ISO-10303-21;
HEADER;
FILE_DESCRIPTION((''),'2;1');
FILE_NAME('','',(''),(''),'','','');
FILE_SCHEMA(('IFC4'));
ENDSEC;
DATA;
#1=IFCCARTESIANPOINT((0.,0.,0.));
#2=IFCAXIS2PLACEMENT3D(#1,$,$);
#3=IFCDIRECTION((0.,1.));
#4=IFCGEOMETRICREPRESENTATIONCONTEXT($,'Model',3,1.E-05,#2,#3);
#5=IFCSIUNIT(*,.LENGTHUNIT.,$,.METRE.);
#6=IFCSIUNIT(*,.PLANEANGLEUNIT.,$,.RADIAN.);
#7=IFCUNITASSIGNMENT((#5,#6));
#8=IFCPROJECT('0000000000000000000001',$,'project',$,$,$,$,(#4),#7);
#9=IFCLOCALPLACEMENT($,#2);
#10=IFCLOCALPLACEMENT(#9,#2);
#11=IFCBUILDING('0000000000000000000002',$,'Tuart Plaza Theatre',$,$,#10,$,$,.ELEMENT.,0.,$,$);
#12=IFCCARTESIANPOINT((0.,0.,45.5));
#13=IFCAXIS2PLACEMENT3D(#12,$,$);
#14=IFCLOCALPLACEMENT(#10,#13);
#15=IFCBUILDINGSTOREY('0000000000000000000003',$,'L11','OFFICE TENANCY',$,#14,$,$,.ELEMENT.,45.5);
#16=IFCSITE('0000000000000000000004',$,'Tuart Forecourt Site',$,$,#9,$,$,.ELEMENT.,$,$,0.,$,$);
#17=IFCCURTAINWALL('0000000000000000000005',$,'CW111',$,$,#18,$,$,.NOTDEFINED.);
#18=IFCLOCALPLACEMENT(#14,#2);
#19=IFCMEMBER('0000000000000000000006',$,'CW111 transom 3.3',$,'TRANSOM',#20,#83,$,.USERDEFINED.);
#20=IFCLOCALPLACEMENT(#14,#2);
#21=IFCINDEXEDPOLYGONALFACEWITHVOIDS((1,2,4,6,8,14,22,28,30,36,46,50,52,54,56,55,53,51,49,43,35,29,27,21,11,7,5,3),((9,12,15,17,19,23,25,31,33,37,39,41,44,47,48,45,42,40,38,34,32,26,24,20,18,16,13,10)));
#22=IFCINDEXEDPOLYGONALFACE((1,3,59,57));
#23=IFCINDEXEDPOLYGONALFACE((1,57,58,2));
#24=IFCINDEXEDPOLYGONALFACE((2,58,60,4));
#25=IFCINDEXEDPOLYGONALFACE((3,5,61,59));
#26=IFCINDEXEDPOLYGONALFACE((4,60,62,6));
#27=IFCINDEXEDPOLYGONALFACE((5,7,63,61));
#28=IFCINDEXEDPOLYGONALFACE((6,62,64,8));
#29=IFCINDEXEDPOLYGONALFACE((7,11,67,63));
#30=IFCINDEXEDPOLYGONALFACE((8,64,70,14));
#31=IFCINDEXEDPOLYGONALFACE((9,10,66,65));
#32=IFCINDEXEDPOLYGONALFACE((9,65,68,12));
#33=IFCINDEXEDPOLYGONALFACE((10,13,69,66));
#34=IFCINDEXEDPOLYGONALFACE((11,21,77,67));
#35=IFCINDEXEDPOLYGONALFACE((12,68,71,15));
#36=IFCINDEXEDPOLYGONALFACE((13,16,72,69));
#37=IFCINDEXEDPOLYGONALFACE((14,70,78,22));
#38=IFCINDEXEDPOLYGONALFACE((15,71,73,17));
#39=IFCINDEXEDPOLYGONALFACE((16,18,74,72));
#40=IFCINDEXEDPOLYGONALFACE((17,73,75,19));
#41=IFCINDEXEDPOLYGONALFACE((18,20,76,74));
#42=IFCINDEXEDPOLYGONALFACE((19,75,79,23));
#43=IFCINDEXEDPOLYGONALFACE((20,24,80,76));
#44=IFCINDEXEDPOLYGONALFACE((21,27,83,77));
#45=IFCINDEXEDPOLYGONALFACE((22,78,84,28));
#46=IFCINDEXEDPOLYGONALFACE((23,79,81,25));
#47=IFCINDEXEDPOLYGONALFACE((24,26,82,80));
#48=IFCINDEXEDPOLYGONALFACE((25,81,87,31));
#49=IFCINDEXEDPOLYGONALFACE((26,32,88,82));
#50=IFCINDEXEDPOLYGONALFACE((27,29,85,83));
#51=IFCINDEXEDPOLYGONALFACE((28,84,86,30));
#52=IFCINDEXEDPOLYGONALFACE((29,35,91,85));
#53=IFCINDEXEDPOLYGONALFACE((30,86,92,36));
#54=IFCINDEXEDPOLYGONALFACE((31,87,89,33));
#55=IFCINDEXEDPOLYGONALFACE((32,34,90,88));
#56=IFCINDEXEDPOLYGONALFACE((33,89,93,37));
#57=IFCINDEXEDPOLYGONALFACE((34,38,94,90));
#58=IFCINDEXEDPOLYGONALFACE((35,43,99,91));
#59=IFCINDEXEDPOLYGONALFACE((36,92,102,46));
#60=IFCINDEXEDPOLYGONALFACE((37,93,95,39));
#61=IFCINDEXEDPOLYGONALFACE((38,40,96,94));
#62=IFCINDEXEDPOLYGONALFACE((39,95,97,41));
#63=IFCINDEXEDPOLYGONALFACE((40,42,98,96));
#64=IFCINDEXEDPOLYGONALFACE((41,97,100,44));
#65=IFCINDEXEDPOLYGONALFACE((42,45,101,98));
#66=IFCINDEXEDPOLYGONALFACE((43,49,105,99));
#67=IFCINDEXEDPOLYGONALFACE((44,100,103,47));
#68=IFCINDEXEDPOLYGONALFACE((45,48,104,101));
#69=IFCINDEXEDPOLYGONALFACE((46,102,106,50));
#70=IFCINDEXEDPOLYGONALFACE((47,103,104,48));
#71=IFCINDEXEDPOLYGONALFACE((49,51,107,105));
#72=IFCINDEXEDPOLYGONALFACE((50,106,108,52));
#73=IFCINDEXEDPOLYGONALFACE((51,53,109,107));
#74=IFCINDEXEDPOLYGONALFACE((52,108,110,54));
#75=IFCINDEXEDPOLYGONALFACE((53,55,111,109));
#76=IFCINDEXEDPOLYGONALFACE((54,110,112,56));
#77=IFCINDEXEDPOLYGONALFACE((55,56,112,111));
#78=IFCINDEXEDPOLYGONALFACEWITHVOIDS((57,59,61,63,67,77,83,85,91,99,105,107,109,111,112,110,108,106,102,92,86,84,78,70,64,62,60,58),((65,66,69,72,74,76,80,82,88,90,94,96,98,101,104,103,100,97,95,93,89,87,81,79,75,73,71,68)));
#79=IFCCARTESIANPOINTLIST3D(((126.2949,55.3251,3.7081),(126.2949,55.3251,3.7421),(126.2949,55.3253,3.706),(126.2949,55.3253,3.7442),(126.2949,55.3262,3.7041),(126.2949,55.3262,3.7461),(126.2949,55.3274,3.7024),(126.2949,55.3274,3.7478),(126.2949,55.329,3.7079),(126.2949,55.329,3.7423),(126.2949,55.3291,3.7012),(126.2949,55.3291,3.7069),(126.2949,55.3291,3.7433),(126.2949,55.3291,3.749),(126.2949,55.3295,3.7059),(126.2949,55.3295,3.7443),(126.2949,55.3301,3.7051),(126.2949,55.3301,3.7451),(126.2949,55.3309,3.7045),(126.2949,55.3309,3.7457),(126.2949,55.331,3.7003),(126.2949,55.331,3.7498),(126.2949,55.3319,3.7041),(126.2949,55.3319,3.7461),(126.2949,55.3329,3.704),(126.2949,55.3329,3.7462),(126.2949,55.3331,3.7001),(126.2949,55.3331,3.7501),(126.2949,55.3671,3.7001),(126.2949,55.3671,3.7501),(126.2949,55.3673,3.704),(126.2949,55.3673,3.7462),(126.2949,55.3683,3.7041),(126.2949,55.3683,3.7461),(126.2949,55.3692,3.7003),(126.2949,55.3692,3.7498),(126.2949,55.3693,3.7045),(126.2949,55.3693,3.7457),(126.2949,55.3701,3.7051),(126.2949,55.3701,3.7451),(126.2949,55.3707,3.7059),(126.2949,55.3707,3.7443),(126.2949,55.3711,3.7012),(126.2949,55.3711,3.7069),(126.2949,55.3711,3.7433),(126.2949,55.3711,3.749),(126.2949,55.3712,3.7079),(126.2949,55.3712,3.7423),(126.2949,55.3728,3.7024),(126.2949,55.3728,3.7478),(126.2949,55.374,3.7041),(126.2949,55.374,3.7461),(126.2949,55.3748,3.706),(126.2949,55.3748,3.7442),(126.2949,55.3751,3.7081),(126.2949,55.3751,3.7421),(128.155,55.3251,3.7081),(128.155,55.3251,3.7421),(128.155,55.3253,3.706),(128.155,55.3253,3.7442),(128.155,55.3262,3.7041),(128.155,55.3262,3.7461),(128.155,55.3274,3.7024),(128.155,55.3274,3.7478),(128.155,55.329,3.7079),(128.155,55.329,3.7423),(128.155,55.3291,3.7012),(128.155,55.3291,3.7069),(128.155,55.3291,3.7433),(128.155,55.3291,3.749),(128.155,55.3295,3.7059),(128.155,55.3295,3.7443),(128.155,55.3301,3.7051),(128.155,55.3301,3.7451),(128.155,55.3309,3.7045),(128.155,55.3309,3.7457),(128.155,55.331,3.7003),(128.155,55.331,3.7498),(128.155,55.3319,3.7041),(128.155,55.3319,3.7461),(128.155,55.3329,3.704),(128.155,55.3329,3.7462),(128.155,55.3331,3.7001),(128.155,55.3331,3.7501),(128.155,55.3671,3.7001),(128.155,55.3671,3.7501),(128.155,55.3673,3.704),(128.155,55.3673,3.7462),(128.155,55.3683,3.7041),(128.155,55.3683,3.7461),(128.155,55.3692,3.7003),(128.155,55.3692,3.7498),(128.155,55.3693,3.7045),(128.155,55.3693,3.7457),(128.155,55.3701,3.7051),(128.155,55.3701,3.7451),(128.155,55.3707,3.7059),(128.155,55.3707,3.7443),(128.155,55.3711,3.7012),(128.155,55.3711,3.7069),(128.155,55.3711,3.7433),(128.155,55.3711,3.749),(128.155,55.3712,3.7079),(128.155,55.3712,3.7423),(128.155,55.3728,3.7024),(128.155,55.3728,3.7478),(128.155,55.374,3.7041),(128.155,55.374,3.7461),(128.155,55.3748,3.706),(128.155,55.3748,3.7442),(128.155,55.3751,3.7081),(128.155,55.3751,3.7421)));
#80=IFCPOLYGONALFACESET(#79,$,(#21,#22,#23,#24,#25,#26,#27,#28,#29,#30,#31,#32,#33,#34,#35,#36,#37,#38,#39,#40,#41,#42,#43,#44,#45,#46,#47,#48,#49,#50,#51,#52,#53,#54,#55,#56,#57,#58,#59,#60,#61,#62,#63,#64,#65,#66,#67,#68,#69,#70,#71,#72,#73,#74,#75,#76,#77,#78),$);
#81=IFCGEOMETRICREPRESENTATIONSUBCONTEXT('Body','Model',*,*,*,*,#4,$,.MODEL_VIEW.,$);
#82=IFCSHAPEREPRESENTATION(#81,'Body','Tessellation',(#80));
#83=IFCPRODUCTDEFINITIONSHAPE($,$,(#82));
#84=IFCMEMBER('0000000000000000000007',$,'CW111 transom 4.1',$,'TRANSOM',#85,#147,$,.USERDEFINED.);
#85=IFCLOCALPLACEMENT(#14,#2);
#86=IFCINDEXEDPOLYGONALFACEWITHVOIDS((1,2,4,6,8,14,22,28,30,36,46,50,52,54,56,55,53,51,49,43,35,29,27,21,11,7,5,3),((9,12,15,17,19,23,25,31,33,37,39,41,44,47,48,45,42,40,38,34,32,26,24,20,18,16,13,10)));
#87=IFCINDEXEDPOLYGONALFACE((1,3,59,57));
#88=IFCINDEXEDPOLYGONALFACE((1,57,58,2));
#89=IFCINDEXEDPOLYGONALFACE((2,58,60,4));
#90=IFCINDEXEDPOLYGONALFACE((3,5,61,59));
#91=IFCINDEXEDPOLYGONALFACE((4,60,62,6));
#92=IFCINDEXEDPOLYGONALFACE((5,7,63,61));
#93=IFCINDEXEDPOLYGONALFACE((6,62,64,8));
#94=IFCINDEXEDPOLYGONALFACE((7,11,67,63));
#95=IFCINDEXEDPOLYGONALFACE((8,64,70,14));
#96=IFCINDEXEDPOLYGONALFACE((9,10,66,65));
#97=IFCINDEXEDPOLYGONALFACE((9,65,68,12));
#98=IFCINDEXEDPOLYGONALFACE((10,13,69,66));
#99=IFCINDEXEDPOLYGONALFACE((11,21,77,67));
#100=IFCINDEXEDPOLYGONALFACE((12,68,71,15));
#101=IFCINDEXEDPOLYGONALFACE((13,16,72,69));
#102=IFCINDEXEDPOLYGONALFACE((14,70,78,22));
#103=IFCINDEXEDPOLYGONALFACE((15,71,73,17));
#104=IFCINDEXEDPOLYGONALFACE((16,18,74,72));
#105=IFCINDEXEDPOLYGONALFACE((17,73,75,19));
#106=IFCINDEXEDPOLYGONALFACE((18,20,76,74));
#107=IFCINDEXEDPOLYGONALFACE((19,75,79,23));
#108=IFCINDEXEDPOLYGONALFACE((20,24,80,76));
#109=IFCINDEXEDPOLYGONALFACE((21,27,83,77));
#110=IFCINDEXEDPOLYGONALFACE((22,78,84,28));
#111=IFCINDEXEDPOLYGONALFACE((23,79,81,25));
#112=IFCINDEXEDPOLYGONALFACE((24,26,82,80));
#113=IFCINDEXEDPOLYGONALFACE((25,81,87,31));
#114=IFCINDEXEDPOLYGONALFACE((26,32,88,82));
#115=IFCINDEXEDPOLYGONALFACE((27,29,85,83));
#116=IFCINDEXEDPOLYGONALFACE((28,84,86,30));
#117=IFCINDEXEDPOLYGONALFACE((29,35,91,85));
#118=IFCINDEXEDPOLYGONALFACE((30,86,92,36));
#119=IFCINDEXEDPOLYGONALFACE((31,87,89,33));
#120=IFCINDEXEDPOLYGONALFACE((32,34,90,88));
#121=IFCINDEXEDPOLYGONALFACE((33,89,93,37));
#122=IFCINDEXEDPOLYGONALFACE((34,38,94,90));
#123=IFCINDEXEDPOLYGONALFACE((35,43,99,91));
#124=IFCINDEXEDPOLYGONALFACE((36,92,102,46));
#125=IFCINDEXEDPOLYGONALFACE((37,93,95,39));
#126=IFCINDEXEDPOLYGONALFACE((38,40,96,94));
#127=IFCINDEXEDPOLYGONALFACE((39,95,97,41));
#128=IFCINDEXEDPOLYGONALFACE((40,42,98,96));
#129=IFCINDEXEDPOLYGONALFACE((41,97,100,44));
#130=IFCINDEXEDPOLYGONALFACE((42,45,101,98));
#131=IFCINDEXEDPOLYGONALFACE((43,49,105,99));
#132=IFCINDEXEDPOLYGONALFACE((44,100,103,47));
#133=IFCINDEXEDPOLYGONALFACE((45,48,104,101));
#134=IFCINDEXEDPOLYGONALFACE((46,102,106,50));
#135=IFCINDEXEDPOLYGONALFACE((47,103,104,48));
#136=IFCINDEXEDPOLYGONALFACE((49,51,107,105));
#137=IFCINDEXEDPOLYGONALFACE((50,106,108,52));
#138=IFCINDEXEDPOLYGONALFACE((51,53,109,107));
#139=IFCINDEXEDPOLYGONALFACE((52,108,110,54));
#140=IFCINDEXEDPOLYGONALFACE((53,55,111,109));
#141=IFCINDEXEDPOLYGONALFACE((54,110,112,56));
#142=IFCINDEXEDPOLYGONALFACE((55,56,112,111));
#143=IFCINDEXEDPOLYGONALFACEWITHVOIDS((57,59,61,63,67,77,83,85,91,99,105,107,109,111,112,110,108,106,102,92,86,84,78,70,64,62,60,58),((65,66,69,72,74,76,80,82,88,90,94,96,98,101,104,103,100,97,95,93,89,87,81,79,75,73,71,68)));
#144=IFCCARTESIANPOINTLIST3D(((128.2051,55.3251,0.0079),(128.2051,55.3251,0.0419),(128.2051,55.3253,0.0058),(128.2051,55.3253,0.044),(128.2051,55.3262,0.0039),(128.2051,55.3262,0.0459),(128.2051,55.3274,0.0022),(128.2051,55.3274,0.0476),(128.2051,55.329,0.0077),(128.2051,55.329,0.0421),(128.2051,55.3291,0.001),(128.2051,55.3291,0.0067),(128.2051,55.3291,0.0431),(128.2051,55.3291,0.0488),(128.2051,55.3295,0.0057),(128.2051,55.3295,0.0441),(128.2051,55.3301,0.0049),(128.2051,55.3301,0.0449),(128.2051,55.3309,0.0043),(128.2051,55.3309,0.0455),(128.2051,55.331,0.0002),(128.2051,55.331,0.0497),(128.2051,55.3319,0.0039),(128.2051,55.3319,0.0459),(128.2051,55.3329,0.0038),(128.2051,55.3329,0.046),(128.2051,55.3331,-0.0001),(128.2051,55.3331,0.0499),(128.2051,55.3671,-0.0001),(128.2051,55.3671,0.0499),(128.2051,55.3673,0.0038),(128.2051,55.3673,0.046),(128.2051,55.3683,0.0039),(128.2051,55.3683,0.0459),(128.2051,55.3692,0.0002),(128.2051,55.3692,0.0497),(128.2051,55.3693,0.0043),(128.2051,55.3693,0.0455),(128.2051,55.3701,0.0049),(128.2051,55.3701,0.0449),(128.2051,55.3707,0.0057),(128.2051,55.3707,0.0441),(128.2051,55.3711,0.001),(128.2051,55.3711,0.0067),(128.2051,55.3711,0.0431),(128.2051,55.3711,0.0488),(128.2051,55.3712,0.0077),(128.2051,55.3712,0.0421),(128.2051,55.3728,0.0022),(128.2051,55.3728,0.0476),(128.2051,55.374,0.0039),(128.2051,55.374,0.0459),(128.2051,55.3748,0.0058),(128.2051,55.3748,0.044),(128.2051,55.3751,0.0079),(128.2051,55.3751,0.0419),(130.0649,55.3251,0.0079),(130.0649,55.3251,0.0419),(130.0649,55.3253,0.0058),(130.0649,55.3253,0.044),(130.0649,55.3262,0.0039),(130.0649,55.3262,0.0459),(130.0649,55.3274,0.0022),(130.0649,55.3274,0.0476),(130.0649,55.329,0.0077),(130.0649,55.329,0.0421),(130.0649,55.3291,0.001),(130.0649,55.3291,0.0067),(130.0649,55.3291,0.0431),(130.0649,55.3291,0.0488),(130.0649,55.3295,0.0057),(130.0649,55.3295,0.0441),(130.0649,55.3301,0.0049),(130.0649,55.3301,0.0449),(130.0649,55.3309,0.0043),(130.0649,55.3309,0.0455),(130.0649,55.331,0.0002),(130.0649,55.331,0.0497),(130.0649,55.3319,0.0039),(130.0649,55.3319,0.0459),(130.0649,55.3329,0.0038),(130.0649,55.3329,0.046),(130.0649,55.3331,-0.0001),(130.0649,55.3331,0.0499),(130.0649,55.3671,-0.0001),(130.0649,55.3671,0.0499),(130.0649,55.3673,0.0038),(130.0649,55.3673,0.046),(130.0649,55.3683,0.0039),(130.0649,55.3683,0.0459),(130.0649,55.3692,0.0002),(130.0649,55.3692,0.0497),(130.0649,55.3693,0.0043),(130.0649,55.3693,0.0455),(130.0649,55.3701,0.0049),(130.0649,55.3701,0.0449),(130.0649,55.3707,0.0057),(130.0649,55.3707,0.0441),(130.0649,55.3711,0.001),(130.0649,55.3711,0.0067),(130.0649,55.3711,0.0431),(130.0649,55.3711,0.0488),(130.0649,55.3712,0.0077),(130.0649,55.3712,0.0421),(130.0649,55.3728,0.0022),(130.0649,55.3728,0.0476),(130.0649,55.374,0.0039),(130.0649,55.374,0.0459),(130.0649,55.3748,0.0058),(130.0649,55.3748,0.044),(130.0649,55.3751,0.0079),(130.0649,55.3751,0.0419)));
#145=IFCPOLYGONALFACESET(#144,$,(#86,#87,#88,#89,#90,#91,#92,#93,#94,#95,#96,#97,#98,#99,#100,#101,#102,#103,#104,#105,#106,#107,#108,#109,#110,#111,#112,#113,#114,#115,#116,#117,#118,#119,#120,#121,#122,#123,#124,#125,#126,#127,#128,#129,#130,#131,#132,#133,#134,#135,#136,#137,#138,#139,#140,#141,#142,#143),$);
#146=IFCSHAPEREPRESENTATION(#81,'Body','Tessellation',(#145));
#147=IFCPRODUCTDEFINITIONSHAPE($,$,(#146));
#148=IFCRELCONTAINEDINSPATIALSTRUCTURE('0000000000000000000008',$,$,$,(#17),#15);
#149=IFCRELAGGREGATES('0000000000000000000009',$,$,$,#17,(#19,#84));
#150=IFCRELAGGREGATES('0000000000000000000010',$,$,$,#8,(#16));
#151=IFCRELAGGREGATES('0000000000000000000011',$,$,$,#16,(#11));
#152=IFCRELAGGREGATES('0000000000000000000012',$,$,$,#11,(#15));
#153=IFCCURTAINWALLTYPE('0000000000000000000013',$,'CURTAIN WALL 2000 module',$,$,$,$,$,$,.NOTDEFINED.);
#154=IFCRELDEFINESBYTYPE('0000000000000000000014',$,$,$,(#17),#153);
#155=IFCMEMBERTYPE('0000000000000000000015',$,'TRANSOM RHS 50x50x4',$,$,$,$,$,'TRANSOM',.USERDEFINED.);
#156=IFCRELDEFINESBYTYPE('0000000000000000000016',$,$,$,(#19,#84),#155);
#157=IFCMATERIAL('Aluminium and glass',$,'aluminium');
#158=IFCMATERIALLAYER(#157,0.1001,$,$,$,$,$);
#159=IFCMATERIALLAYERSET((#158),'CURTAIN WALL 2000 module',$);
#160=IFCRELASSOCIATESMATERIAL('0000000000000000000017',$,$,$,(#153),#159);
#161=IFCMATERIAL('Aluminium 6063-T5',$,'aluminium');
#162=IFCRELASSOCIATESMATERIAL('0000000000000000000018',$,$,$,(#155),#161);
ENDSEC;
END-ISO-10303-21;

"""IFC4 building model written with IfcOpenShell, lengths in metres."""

from ifc_helpers import new_model, si_unit, direction, frame, origin, origin_2d, place, context, subcontext, project, spatial, hollow_rectangle, extrude, material, layer, layer_set, material_profile, profile_set, type_object, element, aggregate, save


model = new_model("IFC4")

# Units and contexts
model_context = context("Model", 3, precision=1e-05, world=origin(), true_north=direction((0.0, 1.0)))
body_context = subcontext(model_context, "Body", "Model", "MODEL_VIEW")
ifc_project = project(units=[si_unit("LENGTHUNIT", "METRE"), si_unit("PLANEANGLEUNIT", "RADIAN")], contexts=[model_context])

# Site, building, storey
site_placement = place(None, origin())
site = spatial("IfcSite", under=ifc_project, at=site_placement, Name="Tuart Forecourt Site", CompositionType="ELEMENT", RefElevation=0.0)
building_placement = place(site_placement, origin())
building = spatial("IfcBuilding", under=site, at=building_placement, Name="Tuart Plaza Theatre", CompositionType="ELEMENT", ElevationOfRefHeight=0.0)
storey_placement = place(building_placement, frame((0.0, 0.0, 45.5)))
storey = spatial("IfcBuildingStorey", under=building, at=storey_placement, Name="L11", Description="OFFICE TENANCY", CompositionType="ELEMENT", Elevation=45.5)

# Curtain wall
ifc_material_1 = material(Name="Aluminium and glass", Category="aluminium")
ifc_layer_1 = layer(ifc_material_1, 0.1001)
ifc_layer_set_1 = layer_set([ifc_layer_1], Name="CURTAIN WALL 2000 module")
curtain_wall_type = type_object("IfcCurtainWallType", Name="CURTAIN WALL 2000 module", PredefinedType="NOTDEFINED", material=ifc_layer_set_1)
curtain_wall_1_placement = place(storey_placement, origin())
curtain_wall_1 = element("IfcCurtainWall", 1, at=curtain_wall_1_placement, inside=storey, type_object=curtain_wall_type, Name="CW111", PredefinedType="NOTDEFINED")

# Members
ifc_material_2 = material(Name="Aluminium 6063-T5", Category="aluminium")
ifc_material_profile_1 = material_profile(ifc_material_2, hollow_rectangle(XDim=0.05, YDim=0.05, WallThickness=0.0039, InnerFilletRadius=0.0039, OuterFilletRadius=0.0081, at=origin_2d()), Name="RHS 50x50x4")
ifc_profile_set_1 = profile_set([ifc_material_profile_1], Name="Aluminium 6063-T5")
member_type_1 = type_object("IfcMemberType", Name="TRANSOM RHS 50x50x4", ElementType="TRANSOM", PredefinedType="USERDEFINED", material=ifc_profile_set_1)
member_1_placement = place(storey_placement, frame((126.2949, 55.3501, 3.7251), z_axis=(1.0, 0.0, 0.0), x_axis=(0.0, 1.0, 0.0)))
member_1 = element("IfcMember", 2, at=member_1_placement, type_object=member_type_1, Name="CW111 transom 3.3", ObjectType="TRANSOM", PredefinedType="USERDEFINED", context=body_context, shape_type="SweptSolid", body=[
    extrude(hollow_rectangle(XDim=0.05, YDim=0.05, WallThickness=0.0039, InnerFilletRadius=0.0039, OuterFilletRadius=0.0081, at=origin_2d()), origin(), (0.0, 0.0, 1.0), 1.8601),
])
member_2_placement = place(storey_placement, frame((128.2051, 55.3501, 0.0249), z_axis=(1.0, 0.0, 0.0), x_axis=(0.0, 1.0, 0.0)))
member_2 = element("IfcMember", 3, at=member_2_placement, type_object=member_type_1, Name="CW111 transom 4.1", ObjectType="TRANSOM", PredefinedType="USERDEFINED", context=body_context, shape_type="SweptSolid", body=[
    extrude(hollow_rectangle(XDim=0.05, YDim=0.05, WallThickness=0.0039, InnerFilletRadius=0.0039, OuterFilletRadius=0.0081, at=origin_2d()), origin(), (0.0, 0.0, 1.0), 1.8599),
])

aggregate(curtain_wall_1, [member_1, member_2])

save(model, "model.ifc")
